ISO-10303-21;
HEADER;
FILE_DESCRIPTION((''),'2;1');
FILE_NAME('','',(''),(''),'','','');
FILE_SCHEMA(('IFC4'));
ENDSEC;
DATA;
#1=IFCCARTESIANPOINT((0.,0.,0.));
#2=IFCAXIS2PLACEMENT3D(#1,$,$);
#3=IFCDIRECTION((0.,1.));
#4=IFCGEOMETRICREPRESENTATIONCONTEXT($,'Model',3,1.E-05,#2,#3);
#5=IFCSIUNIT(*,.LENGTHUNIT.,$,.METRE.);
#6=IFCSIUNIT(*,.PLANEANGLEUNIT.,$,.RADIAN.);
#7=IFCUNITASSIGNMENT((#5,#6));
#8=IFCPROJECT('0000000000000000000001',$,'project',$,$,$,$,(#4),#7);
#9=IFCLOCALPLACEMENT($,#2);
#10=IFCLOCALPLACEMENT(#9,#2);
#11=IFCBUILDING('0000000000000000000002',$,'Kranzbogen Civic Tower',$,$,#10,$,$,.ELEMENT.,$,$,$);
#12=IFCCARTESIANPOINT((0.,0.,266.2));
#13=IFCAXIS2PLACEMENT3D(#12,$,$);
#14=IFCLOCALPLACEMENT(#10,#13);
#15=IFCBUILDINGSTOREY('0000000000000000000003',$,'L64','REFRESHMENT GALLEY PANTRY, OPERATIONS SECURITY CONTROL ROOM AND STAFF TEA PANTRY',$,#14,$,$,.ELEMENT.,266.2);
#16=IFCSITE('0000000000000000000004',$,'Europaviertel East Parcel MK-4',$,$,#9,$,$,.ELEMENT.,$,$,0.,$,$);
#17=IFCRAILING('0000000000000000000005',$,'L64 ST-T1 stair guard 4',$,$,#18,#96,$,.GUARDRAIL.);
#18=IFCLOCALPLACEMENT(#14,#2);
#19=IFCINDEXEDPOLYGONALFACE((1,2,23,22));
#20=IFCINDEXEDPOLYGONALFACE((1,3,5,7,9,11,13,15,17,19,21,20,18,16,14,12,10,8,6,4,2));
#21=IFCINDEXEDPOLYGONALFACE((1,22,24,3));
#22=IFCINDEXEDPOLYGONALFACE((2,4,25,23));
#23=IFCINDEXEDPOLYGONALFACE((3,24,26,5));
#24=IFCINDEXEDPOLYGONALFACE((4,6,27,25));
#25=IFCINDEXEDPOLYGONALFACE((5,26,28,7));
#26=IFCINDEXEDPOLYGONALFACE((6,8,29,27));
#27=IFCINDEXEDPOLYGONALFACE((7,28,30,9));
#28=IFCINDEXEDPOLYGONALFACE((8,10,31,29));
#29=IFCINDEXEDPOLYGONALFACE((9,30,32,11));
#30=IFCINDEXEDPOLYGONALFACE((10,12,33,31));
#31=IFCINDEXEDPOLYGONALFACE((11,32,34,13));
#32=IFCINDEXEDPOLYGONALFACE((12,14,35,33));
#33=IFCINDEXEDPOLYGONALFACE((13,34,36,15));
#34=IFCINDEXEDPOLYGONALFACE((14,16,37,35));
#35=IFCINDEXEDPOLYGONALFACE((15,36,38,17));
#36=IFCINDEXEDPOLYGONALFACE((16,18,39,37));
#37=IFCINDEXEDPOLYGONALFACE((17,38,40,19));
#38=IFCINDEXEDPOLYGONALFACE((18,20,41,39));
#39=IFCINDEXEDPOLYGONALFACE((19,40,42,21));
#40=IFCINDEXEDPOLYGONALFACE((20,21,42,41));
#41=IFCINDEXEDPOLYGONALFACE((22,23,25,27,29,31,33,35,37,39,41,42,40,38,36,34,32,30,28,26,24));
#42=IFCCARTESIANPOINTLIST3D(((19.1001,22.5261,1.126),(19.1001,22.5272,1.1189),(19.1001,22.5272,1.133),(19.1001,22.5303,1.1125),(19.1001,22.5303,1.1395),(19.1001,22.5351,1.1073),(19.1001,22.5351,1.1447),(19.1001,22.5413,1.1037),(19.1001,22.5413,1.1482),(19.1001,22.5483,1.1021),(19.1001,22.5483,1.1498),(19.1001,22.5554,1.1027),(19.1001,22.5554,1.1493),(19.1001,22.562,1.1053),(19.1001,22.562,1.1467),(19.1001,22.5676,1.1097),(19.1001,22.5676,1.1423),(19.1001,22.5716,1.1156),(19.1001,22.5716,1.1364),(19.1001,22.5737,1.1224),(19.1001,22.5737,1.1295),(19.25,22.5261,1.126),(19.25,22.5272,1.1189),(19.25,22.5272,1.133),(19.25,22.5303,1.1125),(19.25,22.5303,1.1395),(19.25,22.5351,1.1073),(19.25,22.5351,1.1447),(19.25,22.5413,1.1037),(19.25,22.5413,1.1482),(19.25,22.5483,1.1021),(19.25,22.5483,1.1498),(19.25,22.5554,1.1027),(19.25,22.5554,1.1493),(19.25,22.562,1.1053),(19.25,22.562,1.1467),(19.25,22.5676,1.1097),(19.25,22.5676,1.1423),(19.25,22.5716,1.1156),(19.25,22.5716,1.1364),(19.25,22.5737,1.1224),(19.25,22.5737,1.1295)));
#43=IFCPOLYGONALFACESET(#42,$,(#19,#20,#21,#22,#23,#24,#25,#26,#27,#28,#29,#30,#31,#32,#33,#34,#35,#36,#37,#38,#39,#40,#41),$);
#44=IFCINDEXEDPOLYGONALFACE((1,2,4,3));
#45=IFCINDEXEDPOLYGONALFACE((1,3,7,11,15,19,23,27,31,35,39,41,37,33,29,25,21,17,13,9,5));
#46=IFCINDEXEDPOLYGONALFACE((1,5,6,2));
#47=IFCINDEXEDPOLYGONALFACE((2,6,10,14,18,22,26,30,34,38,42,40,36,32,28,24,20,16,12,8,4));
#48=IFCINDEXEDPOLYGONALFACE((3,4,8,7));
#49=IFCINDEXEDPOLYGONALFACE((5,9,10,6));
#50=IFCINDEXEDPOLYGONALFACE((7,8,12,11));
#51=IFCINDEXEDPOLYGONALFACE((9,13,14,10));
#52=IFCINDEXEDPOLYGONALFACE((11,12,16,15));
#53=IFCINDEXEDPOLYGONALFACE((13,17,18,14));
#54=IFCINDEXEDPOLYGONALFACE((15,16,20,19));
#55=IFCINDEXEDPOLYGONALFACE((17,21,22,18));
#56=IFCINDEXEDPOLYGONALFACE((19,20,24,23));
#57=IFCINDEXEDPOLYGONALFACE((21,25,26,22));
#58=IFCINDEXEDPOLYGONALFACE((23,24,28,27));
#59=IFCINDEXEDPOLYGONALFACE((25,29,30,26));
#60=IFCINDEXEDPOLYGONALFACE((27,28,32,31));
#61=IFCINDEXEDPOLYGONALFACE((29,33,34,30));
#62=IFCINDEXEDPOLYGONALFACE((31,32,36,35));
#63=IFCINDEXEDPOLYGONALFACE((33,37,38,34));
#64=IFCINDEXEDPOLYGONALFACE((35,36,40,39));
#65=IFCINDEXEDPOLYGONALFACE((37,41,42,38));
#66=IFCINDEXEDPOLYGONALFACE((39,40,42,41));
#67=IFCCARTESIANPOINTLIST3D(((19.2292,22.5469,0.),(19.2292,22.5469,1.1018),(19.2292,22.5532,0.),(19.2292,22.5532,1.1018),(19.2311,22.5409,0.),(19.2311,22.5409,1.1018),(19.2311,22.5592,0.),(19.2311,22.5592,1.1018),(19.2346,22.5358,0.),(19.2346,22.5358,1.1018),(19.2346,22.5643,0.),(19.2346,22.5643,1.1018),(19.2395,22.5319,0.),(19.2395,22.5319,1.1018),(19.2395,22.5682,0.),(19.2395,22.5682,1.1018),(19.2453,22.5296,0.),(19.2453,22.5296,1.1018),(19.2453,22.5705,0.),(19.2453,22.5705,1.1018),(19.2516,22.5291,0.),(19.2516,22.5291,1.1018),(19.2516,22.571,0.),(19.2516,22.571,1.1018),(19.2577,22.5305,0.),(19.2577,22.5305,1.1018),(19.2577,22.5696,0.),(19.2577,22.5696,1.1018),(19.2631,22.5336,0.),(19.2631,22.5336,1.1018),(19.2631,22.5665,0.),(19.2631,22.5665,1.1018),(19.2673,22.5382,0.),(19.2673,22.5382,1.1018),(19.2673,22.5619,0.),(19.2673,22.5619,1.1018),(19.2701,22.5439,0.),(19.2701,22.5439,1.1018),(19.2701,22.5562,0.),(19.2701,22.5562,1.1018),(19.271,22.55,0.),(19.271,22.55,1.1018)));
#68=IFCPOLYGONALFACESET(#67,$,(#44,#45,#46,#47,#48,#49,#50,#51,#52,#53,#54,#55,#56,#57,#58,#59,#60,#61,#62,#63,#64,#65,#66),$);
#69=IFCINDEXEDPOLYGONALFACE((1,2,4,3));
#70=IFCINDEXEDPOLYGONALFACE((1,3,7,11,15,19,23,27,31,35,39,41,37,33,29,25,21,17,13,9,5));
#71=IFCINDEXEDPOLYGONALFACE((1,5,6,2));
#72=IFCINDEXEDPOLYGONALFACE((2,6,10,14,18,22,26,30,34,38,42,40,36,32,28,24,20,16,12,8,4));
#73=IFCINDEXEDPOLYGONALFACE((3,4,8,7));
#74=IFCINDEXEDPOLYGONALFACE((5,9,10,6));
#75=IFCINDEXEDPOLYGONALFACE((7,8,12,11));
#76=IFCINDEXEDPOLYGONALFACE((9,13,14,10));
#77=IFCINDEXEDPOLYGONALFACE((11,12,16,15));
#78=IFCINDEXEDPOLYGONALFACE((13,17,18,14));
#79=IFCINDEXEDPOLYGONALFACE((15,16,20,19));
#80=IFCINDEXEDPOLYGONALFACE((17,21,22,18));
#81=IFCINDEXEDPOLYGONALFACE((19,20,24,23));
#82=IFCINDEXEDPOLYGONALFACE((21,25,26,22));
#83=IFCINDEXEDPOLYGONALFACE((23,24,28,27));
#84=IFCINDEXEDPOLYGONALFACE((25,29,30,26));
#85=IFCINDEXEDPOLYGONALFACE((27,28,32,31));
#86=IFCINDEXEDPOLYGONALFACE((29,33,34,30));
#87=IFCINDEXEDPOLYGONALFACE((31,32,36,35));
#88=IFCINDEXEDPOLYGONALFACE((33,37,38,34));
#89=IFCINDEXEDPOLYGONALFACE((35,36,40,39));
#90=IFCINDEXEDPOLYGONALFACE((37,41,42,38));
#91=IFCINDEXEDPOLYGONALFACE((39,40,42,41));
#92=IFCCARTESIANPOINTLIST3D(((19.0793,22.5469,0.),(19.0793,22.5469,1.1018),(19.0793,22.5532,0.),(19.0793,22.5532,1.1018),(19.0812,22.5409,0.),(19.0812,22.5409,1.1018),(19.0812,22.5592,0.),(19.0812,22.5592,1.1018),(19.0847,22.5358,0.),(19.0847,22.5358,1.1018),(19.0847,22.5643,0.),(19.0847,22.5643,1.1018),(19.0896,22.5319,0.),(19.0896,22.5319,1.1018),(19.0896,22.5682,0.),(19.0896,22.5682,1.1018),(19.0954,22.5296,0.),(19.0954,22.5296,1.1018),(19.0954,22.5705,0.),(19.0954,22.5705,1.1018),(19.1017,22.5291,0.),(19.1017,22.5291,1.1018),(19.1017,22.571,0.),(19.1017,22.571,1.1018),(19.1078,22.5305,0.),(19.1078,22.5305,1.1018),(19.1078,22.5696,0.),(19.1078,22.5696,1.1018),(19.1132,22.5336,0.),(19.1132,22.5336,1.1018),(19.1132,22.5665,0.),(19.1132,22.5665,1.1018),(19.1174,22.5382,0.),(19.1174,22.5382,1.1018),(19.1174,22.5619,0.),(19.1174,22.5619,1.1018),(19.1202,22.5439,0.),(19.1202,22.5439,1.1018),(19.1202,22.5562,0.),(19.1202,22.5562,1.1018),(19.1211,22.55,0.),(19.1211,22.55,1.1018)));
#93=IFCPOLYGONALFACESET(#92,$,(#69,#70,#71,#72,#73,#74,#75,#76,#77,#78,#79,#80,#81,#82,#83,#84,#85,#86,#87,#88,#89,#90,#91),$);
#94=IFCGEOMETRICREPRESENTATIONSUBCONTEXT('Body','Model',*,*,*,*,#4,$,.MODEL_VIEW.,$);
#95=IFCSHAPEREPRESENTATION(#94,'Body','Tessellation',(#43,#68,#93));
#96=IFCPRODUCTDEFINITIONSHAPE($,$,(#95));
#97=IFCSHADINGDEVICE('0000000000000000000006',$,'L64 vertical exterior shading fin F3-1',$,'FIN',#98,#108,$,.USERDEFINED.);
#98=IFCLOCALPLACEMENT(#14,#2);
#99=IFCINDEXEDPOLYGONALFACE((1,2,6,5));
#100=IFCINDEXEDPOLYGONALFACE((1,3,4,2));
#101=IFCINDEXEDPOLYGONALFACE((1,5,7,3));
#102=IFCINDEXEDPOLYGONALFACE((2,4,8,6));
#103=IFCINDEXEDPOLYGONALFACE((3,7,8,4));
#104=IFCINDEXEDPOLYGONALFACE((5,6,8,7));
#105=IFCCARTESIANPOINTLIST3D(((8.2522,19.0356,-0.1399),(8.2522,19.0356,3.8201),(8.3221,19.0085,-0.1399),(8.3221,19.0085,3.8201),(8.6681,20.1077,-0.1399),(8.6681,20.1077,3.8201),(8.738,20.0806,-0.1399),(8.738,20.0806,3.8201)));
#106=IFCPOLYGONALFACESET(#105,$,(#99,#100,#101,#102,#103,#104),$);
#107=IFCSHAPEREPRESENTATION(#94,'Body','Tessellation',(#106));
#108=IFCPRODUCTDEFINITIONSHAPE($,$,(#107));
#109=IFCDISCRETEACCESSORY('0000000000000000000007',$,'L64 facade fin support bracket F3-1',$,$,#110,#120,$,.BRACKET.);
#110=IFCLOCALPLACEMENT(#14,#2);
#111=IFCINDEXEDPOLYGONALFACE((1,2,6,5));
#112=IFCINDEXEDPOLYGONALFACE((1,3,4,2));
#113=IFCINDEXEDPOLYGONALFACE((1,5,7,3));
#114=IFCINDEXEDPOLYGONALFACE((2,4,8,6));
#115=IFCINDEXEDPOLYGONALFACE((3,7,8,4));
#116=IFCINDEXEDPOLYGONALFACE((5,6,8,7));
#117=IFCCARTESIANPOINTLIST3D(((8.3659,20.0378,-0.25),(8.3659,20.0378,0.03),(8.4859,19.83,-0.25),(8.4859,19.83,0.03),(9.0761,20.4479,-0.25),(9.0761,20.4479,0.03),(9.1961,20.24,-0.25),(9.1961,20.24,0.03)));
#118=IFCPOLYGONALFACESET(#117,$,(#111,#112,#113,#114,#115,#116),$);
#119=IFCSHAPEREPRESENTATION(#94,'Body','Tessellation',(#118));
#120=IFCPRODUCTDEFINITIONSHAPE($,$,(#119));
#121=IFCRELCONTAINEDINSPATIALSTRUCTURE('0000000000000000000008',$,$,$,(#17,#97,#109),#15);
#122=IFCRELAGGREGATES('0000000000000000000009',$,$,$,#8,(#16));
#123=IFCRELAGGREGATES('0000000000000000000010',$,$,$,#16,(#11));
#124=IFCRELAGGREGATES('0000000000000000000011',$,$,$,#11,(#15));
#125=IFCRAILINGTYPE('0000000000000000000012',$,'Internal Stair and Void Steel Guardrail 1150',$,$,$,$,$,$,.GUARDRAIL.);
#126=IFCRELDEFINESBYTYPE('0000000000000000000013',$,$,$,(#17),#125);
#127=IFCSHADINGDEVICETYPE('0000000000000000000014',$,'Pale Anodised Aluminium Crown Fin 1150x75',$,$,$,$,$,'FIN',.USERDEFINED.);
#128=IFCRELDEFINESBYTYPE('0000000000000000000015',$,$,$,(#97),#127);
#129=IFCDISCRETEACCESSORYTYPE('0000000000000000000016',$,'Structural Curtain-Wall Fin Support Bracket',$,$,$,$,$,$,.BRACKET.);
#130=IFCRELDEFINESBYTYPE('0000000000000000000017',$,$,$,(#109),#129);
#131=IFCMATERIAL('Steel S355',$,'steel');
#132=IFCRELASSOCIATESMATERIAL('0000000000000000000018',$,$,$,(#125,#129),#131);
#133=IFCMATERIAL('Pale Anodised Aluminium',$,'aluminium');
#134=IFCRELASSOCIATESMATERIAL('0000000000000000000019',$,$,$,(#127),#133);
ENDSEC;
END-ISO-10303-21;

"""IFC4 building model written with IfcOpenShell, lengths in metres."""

from ifc_helpers import new_model, si_unit, direction, frame, origin, origin_2d, place, context, subcontext, project, spatial, rectangle, circle, extrude, material, type_object, element, save


model = new_model("IFC4")

# Units and contexts
model_context = context("Model", 3, precision=1e-05, world=origin(), true_north=direction((0.0, 1.0)))
body_context = subcontext(model_context, "Body", "Model", "MODEL_VIEW")
ifc_project = project(units=[si_unit("LENGTHUNIT", "METRE"), si_unit("PLANEANGLEUNIT", "RADIAN")], contexts=[model_context])

# Site, building, storey
site_placement = place(None, origin())
site = spatial("IfcSite", under=ifc_project, at=site_placement, Name="Europaviertel East Parcel MK-4", CompositionType="ELEMENT", RefElevation=0.0)
building_placement = place(site_placement, origin())
building = spatial("IfcBuilding", under=site, at=building_placement, Name="Kranzbogen Civic Tower", CompositionType="ELEMENT")
storey_placement = place(building_placement, frame((0.0, 0.0, 266.2)))
storey = spatial("IfcBuildingStorey", under=building, at=storey_placement, Name="L64", Description="REFRESHMENT GALLEY PANTRY, OPERATIONS SECURITY CONTROL ROOM AND STAFF TEA PANTRY", CompositionType="ELEMENT", Elevation=266.2)

# Shared definitions
ifc_material_1 = material(Name="Steel S355", Category="steel")

# Shared definitions
ifc_material_2 = material(Name="Pale Anodised Aluminium", Category="aluminium")

# Railing
railing_type_1 = type_object("IfcRailingType", Name="Internal Stair and Void Steel Guardrail 1150", PredefinedType="GUARDRAIL", material=ifc_material_1)
railing_1_placement = place(storey_placement, frame((19.25, 22.55, 0.0)))
element("IfcRailing", 1, at=railing_1_placement, inside=storey, type_object=railing_type_1, Name="L64 ST-T1 stair guard 4", PredefinedType="GUARDRAIL", context=body_context, shape_type="SweptSolid", body=[
    extrude(circle(Radius=0.0239, at=origin_2d()), frame((0.0, 0.0, 1.126), z_axis=(-1.0, 0.0, 0.0), x_axis=(0.0, -1.0, 0.0)), (0.0, 0.0, 1.0), 0.1499),
    extrude(circle(Radius=0.021, at=origin_2d()), origin(), (0.0, 0.0, 1.0), 1.1018),
    extrude(circle(Radius=0.021, at=origin_2d()), frame((-0.1499, 0.0, 0.0)), (0.0, 0.0, 1.0), 1.1018),
])

# Shading device
shading_device_type = type_object("IfcShadingDeviceType", Name="Pale Anodised Aluminium Crown Fin 1150x75", ElementType="FIN", PredefinedType="USERDEFINED", material=ifc_material_2)
shading_device_placement = place(storey_placement, frame((8.4951, 19.5581, -0.1399), z_axis=(0.0, 0.0, 1.0), x_axis=(-0.361706, -0.932292, 0.0)))
element("IfcShadingDevice", 2, at=shading_device_placement, inside=storey, type_object=shading_device_type, Name="L64 vertical exterior shading fin F3-1", ObjectType="FIN", PredefinedType="USERDEFINED", context=body_context, shape_type="SweptSolid", body=[
    extrude(rectangle(XDim=1.1499, YDim=0.075, at=origin_2d()), origin(), (0.0, 0.0, 1.0), 3.96),
])

# Discrete accessory
discrete_accessory_type = type_object("IfcDiscreteAccessoryType", Name="Structural Curtain-Wall Fin Support Bracket", PredefinedType="BRACKET", material=ifc_material_1)
discrete_accessory_placement = place(storey_placement, frame((8.781, 20.1389, -0.25), z_axis=(0.0, 0.0, 1.0), x_axis=(-0.866025, -0.5, 0.0)))
element("IfcDiscreteAccessory", 3, at=discrete_accessory_placement, inside=storey, type_object=discrete_accessory_type, Name="L64 facade fin support bracket F3-1", PredefinedType="BRACKET", context=body_context, shape_type="SweptSolid", body=[
    extrude(rectangle(XDim=0.8201, YDim=0.24, at=origin_2d()), origin(), (0.0, 0.0, 1.0), 0.28),
])

save(model, "model.ifc")
